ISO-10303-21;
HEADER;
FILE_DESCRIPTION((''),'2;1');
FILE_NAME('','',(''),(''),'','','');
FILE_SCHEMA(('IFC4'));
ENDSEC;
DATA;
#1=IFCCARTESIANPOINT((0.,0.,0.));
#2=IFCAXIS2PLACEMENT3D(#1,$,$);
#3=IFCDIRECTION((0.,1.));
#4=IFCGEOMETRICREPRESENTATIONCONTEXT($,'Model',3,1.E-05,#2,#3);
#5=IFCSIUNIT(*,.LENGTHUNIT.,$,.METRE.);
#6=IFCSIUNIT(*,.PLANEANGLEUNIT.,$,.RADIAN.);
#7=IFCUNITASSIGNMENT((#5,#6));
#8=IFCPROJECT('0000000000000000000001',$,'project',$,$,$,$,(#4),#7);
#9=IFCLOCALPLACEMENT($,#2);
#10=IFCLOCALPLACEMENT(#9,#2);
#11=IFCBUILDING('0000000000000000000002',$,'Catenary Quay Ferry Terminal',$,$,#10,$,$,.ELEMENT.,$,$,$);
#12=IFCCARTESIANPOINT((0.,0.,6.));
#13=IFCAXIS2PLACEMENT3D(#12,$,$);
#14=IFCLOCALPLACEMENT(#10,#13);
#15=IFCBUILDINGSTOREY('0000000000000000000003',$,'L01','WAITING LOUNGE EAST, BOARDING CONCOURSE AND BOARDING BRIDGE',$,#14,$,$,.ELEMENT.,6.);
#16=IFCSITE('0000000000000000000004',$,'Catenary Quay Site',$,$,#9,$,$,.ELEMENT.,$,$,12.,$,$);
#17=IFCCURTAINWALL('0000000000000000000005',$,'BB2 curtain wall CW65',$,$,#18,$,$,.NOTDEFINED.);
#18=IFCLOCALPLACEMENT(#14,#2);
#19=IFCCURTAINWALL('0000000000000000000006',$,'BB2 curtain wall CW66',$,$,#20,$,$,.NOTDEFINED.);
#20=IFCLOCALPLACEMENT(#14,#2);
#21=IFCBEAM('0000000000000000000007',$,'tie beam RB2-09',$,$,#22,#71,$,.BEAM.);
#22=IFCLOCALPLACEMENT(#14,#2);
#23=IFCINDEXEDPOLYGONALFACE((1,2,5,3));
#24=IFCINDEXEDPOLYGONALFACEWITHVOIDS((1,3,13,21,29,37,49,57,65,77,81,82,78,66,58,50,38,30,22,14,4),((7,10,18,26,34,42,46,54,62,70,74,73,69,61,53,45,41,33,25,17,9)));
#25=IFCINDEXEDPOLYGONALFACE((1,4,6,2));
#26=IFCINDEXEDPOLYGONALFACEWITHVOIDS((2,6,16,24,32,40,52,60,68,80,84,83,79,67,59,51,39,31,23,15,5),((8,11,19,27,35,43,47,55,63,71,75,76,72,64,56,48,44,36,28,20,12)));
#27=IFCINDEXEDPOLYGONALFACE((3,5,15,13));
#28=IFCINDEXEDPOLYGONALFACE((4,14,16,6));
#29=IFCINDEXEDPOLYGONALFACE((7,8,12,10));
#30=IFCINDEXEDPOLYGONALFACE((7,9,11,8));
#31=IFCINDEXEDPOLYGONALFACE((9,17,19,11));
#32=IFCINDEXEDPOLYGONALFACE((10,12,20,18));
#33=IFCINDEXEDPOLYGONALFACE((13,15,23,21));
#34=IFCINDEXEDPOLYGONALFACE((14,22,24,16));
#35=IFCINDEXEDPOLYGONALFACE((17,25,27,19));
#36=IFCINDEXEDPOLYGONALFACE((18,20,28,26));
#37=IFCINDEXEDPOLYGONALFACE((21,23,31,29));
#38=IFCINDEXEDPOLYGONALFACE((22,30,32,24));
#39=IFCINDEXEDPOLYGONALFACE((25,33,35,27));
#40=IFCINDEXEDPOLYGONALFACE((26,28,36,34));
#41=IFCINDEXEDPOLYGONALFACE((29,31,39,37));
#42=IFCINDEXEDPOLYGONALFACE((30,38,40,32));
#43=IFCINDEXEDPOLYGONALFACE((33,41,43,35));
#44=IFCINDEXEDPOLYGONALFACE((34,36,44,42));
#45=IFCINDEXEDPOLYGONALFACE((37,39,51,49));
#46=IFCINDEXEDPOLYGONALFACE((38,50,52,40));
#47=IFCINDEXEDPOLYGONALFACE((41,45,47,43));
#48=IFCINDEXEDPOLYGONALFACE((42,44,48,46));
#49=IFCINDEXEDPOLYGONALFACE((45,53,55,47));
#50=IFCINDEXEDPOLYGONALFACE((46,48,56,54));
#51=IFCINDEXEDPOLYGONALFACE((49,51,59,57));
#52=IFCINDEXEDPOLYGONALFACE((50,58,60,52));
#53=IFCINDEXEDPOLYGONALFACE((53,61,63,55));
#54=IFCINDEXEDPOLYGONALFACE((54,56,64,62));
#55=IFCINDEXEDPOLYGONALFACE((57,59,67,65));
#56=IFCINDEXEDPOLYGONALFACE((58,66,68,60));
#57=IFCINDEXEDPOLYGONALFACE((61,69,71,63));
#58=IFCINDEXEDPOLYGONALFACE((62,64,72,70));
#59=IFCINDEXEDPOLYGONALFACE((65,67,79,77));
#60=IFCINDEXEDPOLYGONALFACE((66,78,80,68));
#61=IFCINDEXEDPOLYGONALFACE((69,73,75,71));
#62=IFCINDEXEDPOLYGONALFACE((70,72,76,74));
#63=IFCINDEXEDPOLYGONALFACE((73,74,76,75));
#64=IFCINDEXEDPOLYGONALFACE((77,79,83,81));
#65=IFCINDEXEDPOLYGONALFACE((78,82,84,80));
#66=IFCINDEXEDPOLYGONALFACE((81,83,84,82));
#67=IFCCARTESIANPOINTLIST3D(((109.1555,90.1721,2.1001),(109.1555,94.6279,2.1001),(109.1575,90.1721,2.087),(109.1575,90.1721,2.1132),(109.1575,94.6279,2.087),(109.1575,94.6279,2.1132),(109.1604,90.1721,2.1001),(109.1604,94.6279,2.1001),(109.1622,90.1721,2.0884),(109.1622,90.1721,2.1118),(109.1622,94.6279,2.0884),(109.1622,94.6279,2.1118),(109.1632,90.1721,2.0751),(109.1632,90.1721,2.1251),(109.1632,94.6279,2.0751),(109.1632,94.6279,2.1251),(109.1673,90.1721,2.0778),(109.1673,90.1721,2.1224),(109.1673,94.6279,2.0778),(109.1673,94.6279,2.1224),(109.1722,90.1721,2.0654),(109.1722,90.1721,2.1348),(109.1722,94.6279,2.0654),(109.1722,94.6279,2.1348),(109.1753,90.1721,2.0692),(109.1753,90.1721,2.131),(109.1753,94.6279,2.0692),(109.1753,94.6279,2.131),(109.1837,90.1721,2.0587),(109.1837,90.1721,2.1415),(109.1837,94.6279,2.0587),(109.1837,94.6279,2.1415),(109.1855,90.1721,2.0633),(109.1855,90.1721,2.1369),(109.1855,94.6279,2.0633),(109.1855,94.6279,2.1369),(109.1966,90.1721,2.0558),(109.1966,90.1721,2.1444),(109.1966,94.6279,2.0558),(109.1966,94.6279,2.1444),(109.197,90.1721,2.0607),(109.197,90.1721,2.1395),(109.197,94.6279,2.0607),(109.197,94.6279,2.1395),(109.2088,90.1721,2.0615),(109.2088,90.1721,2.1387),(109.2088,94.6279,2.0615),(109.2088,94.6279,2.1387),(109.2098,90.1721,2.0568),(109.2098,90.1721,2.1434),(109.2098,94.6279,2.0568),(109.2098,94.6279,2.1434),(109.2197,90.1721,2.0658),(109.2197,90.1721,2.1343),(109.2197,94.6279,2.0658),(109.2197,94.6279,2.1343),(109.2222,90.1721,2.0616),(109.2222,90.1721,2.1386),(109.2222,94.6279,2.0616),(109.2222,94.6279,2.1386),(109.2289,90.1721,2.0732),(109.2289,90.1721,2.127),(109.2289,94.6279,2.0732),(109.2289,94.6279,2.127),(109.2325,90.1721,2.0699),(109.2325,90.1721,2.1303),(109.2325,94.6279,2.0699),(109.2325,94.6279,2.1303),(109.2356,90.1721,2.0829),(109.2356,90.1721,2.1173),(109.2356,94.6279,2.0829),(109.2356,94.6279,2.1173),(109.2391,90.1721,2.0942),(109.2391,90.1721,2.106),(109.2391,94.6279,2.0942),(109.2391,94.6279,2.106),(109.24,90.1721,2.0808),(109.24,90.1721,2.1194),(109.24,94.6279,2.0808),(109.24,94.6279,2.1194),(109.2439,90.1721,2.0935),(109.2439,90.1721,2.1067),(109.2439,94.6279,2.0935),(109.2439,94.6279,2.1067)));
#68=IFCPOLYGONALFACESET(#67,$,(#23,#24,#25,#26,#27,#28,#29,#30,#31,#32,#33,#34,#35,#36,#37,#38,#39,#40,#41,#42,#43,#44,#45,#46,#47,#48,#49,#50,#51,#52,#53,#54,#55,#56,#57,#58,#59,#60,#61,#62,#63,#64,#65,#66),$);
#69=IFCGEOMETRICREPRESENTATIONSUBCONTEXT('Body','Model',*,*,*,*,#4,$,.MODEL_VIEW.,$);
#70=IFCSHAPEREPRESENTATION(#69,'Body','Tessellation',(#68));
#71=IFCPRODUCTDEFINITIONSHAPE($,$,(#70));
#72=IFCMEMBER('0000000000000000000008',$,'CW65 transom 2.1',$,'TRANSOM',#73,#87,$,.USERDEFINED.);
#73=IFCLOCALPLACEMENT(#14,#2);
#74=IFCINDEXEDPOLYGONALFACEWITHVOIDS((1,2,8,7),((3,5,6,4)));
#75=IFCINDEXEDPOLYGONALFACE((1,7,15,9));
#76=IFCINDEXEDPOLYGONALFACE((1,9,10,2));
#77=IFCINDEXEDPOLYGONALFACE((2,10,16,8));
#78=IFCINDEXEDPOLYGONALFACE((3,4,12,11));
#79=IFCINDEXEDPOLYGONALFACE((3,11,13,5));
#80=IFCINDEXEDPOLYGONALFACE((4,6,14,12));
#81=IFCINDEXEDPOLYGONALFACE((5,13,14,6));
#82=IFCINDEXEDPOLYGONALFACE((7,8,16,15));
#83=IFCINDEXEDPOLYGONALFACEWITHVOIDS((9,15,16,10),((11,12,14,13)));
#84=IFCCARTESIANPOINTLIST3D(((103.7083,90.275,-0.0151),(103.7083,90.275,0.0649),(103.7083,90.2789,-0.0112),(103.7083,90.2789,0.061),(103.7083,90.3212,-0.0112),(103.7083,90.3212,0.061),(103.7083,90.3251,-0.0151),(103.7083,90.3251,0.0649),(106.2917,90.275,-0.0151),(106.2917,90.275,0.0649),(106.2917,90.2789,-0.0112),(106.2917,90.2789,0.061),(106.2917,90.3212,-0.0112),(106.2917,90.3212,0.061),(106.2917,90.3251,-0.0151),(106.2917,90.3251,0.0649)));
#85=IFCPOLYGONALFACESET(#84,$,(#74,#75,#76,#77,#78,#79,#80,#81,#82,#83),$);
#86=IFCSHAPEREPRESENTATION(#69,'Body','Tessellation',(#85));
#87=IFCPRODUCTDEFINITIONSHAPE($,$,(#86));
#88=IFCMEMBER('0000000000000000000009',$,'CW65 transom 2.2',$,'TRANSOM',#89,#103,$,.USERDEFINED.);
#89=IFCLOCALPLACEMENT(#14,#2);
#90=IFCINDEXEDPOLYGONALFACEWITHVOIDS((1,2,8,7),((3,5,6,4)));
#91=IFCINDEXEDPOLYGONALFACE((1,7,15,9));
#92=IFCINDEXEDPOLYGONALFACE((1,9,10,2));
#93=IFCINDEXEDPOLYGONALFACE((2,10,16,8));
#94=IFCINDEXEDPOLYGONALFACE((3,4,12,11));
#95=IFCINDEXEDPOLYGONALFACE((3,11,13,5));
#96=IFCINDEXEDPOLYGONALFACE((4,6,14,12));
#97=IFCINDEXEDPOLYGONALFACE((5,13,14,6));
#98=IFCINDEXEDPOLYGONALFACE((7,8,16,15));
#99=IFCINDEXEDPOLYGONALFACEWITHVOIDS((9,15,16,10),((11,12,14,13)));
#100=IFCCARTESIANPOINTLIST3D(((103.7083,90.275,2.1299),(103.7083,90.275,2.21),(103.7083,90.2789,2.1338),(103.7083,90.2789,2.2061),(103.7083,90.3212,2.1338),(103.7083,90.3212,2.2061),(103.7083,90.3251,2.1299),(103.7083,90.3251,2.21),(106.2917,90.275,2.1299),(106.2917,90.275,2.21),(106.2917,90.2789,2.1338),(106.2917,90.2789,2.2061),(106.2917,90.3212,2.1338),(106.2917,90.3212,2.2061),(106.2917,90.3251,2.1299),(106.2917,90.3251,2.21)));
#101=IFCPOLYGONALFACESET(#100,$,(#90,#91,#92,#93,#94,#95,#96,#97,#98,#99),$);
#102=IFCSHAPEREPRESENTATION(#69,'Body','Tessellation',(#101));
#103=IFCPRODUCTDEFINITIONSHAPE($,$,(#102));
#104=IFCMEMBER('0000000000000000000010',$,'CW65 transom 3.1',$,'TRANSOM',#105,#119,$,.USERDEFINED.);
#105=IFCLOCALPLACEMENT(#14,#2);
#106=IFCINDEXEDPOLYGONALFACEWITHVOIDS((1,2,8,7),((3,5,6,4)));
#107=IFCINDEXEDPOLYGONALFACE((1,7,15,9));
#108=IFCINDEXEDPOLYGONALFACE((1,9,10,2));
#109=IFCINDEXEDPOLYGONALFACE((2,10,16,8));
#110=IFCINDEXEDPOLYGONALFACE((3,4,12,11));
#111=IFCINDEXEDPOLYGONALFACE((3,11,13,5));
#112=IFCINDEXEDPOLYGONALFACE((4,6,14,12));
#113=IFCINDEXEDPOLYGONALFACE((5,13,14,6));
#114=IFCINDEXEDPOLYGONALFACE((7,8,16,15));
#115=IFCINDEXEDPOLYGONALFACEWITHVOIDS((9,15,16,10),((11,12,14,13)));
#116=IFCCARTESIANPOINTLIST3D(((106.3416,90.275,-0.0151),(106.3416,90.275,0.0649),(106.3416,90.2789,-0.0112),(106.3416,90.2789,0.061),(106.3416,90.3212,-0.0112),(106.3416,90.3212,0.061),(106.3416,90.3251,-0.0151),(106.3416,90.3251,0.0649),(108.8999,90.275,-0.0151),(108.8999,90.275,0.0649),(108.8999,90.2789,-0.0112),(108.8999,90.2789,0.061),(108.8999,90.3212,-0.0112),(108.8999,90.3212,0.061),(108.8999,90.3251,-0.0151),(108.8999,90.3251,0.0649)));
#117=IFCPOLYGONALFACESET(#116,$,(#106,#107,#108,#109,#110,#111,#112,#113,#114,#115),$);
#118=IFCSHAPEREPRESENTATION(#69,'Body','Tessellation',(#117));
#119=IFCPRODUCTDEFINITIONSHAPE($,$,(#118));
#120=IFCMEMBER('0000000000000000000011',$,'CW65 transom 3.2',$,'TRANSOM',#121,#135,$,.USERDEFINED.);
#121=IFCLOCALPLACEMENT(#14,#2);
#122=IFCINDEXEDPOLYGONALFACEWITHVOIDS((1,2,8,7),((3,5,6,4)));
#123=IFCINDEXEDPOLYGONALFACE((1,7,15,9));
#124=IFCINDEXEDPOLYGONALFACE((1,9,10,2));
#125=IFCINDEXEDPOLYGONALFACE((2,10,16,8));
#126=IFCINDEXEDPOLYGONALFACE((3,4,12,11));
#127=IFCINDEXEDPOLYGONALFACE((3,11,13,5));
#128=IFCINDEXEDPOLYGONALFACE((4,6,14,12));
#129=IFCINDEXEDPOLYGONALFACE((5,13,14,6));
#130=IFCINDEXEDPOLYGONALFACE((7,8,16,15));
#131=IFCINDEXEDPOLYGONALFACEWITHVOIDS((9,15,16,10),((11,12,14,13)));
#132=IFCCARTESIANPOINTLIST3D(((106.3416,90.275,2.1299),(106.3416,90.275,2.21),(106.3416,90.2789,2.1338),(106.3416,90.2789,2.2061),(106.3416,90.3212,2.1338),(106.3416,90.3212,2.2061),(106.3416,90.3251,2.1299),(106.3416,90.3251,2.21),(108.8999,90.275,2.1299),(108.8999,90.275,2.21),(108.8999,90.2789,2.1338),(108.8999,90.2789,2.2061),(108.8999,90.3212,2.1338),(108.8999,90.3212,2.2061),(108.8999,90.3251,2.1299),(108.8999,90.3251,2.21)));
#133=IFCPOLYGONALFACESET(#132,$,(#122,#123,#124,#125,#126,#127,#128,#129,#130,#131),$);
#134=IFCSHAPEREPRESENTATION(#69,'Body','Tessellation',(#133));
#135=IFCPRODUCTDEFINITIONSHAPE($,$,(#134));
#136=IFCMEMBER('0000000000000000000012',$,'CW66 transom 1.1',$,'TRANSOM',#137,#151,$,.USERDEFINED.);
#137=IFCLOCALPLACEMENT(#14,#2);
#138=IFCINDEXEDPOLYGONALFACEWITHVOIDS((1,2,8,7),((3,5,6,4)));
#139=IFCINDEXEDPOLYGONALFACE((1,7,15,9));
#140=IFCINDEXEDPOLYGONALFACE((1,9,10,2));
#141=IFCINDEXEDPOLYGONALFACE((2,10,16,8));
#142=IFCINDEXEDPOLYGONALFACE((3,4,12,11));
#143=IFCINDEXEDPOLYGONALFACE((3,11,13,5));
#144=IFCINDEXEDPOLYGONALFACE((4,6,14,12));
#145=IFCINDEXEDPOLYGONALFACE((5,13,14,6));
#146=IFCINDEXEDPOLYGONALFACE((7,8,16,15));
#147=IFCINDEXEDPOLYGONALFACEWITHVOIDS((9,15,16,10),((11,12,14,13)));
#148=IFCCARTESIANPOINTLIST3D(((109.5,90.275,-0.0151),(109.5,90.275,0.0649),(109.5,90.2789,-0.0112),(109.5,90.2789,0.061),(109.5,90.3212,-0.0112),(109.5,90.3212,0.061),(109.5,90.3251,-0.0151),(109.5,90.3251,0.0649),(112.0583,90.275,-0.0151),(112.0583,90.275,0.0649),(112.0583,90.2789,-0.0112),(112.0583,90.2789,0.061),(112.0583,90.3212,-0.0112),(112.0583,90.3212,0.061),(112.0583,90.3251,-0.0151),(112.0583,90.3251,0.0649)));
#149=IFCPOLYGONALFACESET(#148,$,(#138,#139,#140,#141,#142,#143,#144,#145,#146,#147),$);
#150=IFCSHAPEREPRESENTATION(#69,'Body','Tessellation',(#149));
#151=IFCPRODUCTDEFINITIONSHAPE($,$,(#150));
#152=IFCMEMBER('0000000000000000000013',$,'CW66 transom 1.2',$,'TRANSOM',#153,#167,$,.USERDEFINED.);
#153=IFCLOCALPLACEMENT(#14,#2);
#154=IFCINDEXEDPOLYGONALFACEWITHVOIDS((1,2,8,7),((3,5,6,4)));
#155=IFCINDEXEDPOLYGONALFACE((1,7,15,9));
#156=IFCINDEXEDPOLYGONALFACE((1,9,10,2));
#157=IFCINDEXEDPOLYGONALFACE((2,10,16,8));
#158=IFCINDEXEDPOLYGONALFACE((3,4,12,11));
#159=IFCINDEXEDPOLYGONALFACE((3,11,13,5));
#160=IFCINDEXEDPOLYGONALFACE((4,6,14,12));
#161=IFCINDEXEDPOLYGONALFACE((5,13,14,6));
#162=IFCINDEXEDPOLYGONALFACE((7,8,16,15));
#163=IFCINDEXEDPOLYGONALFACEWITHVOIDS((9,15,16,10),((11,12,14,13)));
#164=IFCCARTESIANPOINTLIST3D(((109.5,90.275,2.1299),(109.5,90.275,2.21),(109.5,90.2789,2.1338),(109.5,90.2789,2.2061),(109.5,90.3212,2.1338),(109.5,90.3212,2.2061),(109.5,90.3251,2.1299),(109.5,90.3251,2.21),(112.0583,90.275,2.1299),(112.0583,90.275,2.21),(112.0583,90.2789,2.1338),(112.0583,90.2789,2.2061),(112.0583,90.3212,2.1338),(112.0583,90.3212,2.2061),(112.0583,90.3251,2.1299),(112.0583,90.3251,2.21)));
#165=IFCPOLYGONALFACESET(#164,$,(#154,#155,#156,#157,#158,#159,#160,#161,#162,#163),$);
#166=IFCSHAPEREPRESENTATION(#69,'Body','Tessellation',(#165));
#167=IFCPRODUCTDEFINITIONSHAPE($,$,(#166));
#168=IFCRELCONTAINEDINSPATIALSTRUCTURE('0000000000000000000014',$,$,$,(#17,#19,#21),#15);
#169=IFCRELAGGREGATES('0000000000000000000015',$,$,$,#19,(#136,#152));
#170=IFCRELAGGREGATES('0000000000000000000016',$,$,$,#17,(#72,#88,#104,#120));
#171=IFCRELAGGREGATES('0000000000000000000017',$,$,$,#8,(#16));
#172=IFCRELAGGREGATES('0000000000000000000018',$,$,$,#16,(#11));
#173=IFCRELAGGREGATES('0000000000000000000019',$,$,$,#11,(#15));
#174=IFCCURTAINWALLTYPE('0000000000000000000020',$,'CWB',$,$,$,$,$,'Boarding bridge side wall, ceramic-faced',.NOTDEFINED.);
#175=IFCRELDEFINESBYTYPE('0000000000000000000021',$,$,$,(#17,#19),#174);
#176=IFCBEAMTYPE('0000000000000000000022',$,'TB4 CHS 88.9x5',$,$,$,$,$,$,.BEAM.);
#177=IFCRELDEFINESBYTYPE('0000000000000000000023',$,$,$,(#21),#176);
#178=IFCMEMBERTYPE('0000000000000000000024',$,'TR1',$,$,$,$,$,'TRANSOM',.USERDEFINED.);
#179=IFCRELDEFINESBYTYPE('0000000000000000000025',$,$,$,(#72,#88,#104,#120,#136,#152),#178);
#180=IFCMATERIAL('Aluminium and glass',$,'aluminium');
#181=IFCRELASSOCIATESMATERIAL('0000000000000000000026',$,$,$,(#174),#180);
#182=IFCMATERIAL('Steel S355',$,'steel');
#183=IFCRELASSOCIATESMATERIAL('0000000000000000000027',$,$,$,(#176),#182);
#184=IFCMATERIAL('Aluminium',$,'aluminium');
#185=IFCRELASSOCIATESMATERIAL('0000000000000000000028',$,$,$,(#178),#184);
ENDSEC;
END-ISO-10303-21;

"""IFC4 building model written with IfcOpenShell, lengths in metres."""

from ifc_helpers import new_model, si_unit, direction, frame, origin, origin_2d, place, context, subcontext, project, spatial, hollow_rectangle, hollow_circle, extrude, material, material_profile, profile_set, type_object, element, aggregate, save


model = new_model("IFC4")

# Units and contexts
model_context = context("Model", 3, precision=1e-05, world=origin(), true_north=direction((0.0, 1.0)))
body_context = subcontext(model_context, "Body", "Model", "MODEL_VIEW")
ifc_project = project(units=[si_unit("LENGTHUNIT", "METRE"), si_unit("PLANEANGLEUNIT", "RADIAN")], contexts=[model_context])

# Site, building, storey
site_placement = place(None, origin())
site = spatial("IfcSite", under=ifc_project, at=site_placement, Name="Catenary Quay Site", CompositionType="ELEMENT", RefElevation=12.0)
building_placement = place(site_placement, origin())
building = spatial("IfcBuilding", under=site, at=building_placement, Name="Catenary Quay Ferry Terminal", CompositionType="ELEMENT")
storey_placement = place(building_placement, frame((0.0, 0.0, 6.0)))
storey = spatial("IfcBuildingStorey", under=building, at=storey_placement, Name="L01", Description="WAITING LOUNGE EAST, BOARDING CONCOURSE AND BOARDING BRIDGE", CompositionType="ELEMENT", Elevation=6.0)

# Curtain wall
ifc_material_1 = material(Name="Aluminium and glass", Category="aluminium")
curtain_wall_type = type_object("IfcCurtainWallType", Name="CWB", ElementType="Boarding bridge side wall, ceramic-faced", PredefinedType="NOTDEFINED", material=ifc_material_1)
curtain_wall_1_placement = place(storey_placement, origin())
curtain_wall_1 = element("IfcCurtainWall", 1, at=curtain_wall_1_placement, inside=storey, type_object=curtain_wall_type, Name="BB2 curtain wall CW65", PredefinedType="NOTDEFINED")

# Curtain wall
curtain_wall_2_placement = place(storey_placement, origin())
curtain_wall_2 = element("IfcCurtainWall", 2, at=curtain_wall_2_placement, inside=storey, type_object=curtain_wall_type, Name="BB2 curtain wall CW66", PredefinedType="NOTDEFINED")

# Beam
ifc_material_2 = material(Name="Steel S355", Category="steel")
ifc_material_profile_1 = material_profile(ifc_material_2, hollow_circle(Radius=0.0444, WallThickness=0.0049, at=origin_2d()), Name="CHS 88.9x5")
ifc_profile_set_1 = profile_set([ifc_material_profile_1], Name="Steel S355")
beam_type = type_object("IfcBeamType", Name="TB4 CHS 88.9x5", PredefinedType="BEAM", material=ifc_profile_set_1)
beam_placement = place(storey_placement, frame((109.2, 90.1721, 2.1001), z_axis=(0.0, 1.0, 0.0), x_axis=(-1.0, 0.0, 0.0)))
element("IfcBeam", 3, at=beam_placement, inside=storey, type_object=beam_type, Name="tie beam RB2-09", PredefinedType="BEAM", context=body_context, shape_type="SweptSolid", body=[
    extrude(hollow_circle(Radius=0.0444, WallThickness=0.0049, at=origin_2d()), origin(), (0.0, 0.0, 1.0), 4.4558),
])

# Members
ifc_material_3 = material(Name="Aluminium", Category="aluminium")
ifc_material_profile_2 = material_profile(ifc_material_3, hollow_rectangle(XDim=0.05, YDim=0.0801, WallThickness=0.0039, at=origin_2d()), Name="TR1")
ifc_profile_set_2 = profile_set([ifc_material_profile_2], Name="Aluminium")
member_type_1 = type_object("IfcMemberType", Name="TR1", ElementType="TRANSOM", PredefinedType="USERDEFINED", material=ifc_profile_set_2)
member_1_placement = place(storey_placement, frame((103.7083, 90.3, 0.0249), z_axis=(1.0, 0.0, 0.0), x_axis=(0.0, 1.0, 0.0)))
member_1 = element("IfcMember", 4, at=member_1_placement, type_object=member_type_1, Name="CW65 transom 2.1", ObjectType="TRANSOM", PredefinedType="USERDEFINED", context=body_context, shape_type="SweptSolid", body=[
    extrude(hollow_rectangle(XDim=0.05, YDim=0.0801, WallThickness=0.0039, at=origin_2d()), origin(), (0.0, 0.0, 1.0), 2.5835),
])
member_2_placement = place(storey_placement, frame((103.7083, 90.3, 2.1699), z_axis=(1.0, 0.0, 0.0), x_axis=(0.0, 1.0, 0.0)))
member_2 = element("IfcMember", 5, at=member_2_placement, type_object=member_type_1, Name="CW65 transom 2.2", ObjectType="TRANSOM", PredefinedType="USERDEFINED", context=body_context, shape_type="SweptSolid", body=[
    extrude(hollow_rectangle(XDim=0.05, YDim=0.0801, WallThickness=0.0039, at=origin_2d()), origin(), (0.0, 0.0, 1.0), 2.5835),
])
member_3_placement = place(storey_placement, frame((106.3416, 90.3, 0.0249), z_axis=(1.0, 0.0, 0.0), x_axis=(0.0, 1.0, 0.0)))
member_3 = element("IfcMember", 6, at=member_3_placement, type_object=member_type_1, Name="CW65 transom 3.1", ObjectType="TRANSOM", PredefinedType="USERDEFINED", context=body_context, shape_type="SweptSolid", body=[
    extrude(hollow_rectangle(XDim=0.05, YDim=0.0801, WallThickness=0.0039, at=origin_2d()), origin(), (0.0, 0.0, 1.0), 2.5583),
])
member_4_placement = place(storey_placement, frame((106.3416, 90.3, 2.1699), z_axis=(1.0, 0.0, 0.0), x_axis=(0.0, 1.0, 0.0)))
member_4 = element("IfcMember", 7, at=member_4_placement, type_object=member_type_1, Name="CW65 transom 3.2", ObjectType="TRANSOM", PredefinedType="USERDEFINED", context=body_context, shape_type="SweptSolid", body=[
    extrude(hollow_rectangle(XDim=0.05, YDim=0.0801, WallThickness=0.0039, at=origin_2d()), origin(), (0.0, 0.0, 1.0), 2.5583),
])
member_5_placement = place(storey_placement, frame((109.5, 90.3, 0.0249), z_axis=(1.0, 0.0, 0.0), x_axis=(0.0, 1.0, 0.0)))
member_5 = element("IfcMember", 8, at=member_5_placement, type_object=member_type_1, Name="CW66 transom 1.1", ObjectType="TRANSOM", PredefinedType="USERDEFINED", context=body_context, shape_type="SweptSolid", body=[
    extrude(hollow_rectangle(XDim=0.05, YDim=0.0801, WallThickness=0.0039, at=origin_2d()), origin(), (0.0, 0.0, 1.0), 2.5583),
])
member_6_placement = place(storey_placement, frame((109.5, 90.3, 2.1699), z_axis=(1.0, 0.0, 0.0), x_axis=(0.0, 1.0, 0.0)))
member_6 = element("IfcMember", 9, at=member_6_placement, type_object=member_type_1, Name="CW66 transom 1.2", ObjectType="TRANSOM", PredefinedType="USERDEFINED", context=body_context, shape_type="SweptSolid", body=[
    extrude(hollow_rectangle(XDim=0.05, YDim=0.0801, WallThickness=0.0039, at=origin_2d()), origin(), (0.0, 0.0, 1.0), 2.5583),
])
aggregate(curtain_wall_2, [member_5, member_6])

aggregate(curtain_wall_1, [member_1, member_2, member_3, member_4])

save(model, "model.ifc")
